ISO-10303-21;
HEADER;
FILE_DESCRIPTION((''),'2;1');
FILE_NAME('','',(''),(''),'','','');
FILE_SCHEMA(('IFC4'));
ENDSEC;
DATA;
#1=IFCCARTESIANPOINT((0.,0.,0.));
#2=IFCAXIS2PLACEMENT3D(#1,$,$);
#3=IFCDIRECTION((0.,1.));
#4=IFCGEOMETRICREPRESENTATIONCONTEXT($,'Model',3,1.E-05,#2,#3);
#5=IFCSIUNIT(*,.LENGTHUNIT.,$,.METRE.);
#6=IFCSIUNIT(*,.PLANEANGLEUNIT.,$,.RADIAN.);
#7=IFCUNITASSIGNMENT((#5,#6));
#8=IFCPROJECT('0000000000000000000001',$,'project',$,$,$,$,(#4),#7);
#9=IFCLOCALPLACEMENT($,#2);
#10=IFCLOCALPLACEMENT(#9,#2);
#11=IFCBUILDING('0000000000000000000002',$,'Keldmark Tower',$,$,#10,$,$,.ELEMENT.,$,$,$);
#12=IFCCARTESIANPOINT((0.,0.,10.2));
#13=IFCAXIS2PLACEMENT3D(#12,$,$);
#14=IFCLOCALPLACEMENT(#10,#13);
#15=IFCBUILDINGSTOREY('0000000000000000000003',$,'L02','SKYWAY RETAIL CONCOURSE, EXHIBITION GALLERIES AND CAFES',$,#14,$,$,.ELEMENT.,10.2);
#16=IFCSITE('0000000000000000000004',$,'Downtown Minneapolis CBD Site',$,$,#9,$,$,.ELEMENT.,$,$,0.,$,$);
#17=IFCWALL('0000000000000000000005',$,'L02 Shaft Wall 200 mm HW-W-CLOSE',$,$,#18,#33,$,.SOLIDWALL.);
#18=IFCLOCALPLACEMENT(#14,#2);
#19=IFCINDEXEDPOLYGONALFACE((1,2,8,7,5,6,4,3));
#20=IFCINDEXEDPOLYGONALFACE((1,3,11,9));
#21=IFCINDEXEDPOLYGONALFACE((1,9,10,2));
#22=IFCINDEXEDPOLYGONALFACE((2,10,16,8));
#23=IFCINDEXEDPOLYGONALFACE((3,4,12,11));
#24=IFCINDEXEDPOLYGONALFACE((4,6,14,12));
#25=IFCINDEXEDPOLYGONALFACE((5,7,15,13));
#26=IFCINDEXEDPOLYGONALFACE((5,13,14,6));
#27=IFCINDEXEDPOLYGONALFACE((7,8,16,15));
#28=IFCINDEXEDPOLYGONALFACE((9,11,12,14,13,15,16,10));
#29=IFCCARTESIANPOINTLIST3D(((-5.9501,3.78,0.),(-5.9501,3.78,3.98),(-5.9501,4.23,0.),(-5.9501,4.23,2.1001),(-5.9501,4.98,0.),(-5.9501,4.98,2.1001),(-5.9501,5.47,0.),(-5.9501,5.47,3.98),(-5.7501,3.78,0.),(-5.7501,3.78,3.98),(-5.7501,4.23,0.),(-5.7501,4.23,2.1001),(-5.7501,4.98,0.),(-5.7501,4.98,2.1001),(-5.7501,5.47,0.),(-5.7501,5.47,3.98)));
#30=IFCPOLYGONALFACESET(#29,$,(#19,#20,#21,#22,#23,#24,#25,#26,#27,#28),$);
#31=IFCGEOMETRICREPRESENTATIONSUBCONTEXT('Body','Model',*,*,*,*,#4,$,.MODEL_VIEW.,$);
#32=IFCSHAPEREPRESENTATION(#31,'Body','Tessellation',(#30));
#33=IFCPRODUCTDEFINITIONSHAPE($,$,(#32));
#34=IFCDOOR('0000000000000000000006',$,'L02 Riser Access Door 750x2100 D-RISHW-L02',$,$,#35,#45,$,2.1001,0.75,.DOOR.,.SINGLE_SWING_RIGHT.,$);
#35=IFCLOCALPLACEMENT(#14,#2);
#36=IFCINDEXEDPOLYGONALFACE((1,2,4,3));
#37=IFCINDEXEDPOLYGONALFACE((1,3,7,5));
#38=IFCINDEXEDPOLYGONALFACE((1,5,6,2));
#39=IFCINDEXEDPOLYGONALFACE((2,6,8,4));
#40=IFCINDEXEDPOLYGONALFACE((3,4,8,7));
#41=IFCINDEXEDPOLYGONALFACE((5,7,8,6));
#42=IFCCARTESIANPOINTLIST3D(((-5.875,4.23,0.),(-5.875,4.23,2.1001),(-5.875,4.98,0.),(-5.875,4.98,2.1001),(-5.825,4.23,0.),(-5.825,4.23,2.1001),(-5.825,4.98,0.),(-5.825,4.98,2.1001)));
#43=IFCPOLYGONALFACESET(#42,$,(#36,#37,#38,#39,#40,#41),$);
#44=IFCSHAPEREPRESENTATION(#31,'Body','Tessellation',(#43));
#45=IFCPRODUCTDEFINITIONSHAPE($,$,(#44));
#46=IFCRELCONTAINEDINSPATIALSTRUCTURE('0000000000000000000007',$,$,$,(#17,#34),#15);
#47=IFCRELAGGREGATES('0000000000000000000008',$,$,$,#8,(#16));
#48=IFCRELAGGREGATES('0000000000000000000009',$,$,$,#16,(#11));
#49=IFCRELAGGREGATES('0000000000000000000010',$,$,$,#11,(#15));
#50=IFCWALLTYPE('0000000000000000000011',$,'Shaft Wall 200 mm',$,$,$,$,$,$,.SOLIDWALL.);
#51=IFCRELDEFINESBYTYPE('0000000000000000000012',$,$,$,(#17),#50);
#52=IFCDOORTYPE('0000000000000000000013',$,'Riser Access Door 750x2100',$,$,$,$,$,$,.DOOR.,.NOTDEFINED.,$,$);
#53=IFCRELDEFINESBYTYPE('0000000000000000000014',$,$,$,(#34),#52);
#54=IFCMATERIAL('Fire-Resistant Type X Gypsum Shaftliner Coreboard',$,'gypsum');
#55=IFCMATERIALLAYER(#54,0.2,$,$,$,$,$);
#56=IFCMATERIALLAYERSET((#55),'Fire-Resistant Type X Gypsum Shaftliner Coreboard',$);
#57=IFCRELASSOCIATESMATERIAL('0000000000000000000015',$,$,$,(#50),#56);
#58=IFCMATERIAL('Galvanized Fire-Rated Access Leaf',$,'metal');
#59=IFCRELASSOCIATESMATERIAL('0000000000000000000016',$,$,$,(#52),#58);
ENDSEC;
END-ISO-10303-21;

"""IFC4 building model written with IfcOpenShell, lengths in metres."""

from ifc_helpers import new_model, si_unit, direction, frame, frame_2d, origin, place, context, subcontext, project, spatial, rectangle, extrude, material, layer, layer_set, type_object, element, fill, save


model = new_model("IFC4")

# Units and contexts
model_context = context("Model", 3, precision=1e-05, world=origin(), true_north=direction((0.0, 1.0)))
body_context = subcontext(model_context, "Body", "Model", "MODEL_VIEW")
ifc_project = project(units=[si_unit("LENGTHUNIT", "METRE"), si_unit("PLANEANGLEUNIT", "RADIAN")], contexts=[model_context])

# Site, building, storey
site_placement = place(None, origin())
site = spatial("IfcSite", under=ifc_project, at=site_placement, Name="Downtown Minneapolis CBD Site", CompositionType="ELEMENT", RefElevation=0.0)
building_placement = place(site_placement, origin())
building = spatial("IfcBuilding", under=site, at=building_placement, Name="Keldmark Tower", CompositionType="ELEMENT")
storey_placement = place(building_placement, frame((0.0, 0.0, 10.2)))
storey = spatial("IfcBuildingStorey", under=building, at=storey_placement, Name="L02", Description="SKYWAY RETAIL CONCOURSE, EXHIBITION GALLERIES AND CAFES", CompositionType="ELEMENT", Elevation=10.2)

# Shared definitions
ifc_material_1 = material(Name="Fire-Resistant Type X Gypsum Shaftliner Coreboard", Category="gypsum")
ifc_layer_1 = layer(ifc_material_1, 0.2)
ifc_layer_set_1 = layer_set([ifc_layer_1], Name="Fire-Resistant Type X Gypsum Shaftliner Coreboard")
wall_type_1 = type_object("IfcWallType", Name="Shaft Wall 200 mm", PredefinedType="SOLIDWALL", material=ifc_layer_set_1)

# Wall, opening, door
wall_1_placement = place(storey_placement, frame((-5.8501, 3.78, 0.0), z_axis=(0.0, 0.0, 1.0), x_axis=(0.0, 1.0, 0.0)))
wall_1 = element("IfcWall", 1, at=wall_1_placement, inside=storey, type_object=wall_type_1, Name="L02 Shaft Wall 200 mm HW-W-CLOSE", PredefinedType="SOLIDWALL", context=body_context, shape_type="SweptSolid", body=[
    extrude(rectangle(XDim=1.6899, YDim=0.2, at=frame_2d((0.845, 0.0))), origin(), (0.0, 0.0, 1.0), 3.98),
])
opening_placement = place(wall_1_placement, frame((0.45, 0.0, 0.0)))
opening = element("IfcOpeningElement", 2, at=opening_placement, cuts=wall_1, PredefinedType="OPENING", context=body_context, shape_type="SweptSolid", body=[
    extrude(rectangle(XDim=0.75, YDim=2.1001, at=frame_2d((0.375, 1.05))), frame((0.0, 0.1099, 0.0), z_axis=(0.0, -1.0, 0.0), x_axis=(1.0, 0.0, 0.0)), (0.0, 0.0, 1.0), 0.22),
])
ifc_material_2 = material(Name="Galvanized Fire-Rated Access Leaf", Category="metal")
door_type = type_object("IfcDoorType", Name="Riser Access Door 750x2100", OperationType="NOTDEFINED", PredefinedType="DOOR", material=ifc_material_2)
door_placement = place(opening_placement, origin())
door = element("IfcDoor", 3, at=door_placement, inside=storey, type_object=door_type, Name="L02 Riser Access Door 750x2100 D-RISHW-L02", OperationType="SINGLE_SWING_RIGHT", OverallHeight=2.1001, OverallWidth=0.75, PredefinedType="DOOR", context=body_context, shape_type="SweptSolid", body=[
    extrude(rectangle(XDim=0.75, YDim=2.1001, at=frame_2d((0.375, 1.05))), frame((0.0, 0.0249, 0.0), z_axis=(0.0, -1.0, 0.0), x_axis=(1.0, 0.0, 0.0)), (0.0, 0.0, 1.0), 0.05),
])
fill(opening, door)

save(model, "model.ifc")
